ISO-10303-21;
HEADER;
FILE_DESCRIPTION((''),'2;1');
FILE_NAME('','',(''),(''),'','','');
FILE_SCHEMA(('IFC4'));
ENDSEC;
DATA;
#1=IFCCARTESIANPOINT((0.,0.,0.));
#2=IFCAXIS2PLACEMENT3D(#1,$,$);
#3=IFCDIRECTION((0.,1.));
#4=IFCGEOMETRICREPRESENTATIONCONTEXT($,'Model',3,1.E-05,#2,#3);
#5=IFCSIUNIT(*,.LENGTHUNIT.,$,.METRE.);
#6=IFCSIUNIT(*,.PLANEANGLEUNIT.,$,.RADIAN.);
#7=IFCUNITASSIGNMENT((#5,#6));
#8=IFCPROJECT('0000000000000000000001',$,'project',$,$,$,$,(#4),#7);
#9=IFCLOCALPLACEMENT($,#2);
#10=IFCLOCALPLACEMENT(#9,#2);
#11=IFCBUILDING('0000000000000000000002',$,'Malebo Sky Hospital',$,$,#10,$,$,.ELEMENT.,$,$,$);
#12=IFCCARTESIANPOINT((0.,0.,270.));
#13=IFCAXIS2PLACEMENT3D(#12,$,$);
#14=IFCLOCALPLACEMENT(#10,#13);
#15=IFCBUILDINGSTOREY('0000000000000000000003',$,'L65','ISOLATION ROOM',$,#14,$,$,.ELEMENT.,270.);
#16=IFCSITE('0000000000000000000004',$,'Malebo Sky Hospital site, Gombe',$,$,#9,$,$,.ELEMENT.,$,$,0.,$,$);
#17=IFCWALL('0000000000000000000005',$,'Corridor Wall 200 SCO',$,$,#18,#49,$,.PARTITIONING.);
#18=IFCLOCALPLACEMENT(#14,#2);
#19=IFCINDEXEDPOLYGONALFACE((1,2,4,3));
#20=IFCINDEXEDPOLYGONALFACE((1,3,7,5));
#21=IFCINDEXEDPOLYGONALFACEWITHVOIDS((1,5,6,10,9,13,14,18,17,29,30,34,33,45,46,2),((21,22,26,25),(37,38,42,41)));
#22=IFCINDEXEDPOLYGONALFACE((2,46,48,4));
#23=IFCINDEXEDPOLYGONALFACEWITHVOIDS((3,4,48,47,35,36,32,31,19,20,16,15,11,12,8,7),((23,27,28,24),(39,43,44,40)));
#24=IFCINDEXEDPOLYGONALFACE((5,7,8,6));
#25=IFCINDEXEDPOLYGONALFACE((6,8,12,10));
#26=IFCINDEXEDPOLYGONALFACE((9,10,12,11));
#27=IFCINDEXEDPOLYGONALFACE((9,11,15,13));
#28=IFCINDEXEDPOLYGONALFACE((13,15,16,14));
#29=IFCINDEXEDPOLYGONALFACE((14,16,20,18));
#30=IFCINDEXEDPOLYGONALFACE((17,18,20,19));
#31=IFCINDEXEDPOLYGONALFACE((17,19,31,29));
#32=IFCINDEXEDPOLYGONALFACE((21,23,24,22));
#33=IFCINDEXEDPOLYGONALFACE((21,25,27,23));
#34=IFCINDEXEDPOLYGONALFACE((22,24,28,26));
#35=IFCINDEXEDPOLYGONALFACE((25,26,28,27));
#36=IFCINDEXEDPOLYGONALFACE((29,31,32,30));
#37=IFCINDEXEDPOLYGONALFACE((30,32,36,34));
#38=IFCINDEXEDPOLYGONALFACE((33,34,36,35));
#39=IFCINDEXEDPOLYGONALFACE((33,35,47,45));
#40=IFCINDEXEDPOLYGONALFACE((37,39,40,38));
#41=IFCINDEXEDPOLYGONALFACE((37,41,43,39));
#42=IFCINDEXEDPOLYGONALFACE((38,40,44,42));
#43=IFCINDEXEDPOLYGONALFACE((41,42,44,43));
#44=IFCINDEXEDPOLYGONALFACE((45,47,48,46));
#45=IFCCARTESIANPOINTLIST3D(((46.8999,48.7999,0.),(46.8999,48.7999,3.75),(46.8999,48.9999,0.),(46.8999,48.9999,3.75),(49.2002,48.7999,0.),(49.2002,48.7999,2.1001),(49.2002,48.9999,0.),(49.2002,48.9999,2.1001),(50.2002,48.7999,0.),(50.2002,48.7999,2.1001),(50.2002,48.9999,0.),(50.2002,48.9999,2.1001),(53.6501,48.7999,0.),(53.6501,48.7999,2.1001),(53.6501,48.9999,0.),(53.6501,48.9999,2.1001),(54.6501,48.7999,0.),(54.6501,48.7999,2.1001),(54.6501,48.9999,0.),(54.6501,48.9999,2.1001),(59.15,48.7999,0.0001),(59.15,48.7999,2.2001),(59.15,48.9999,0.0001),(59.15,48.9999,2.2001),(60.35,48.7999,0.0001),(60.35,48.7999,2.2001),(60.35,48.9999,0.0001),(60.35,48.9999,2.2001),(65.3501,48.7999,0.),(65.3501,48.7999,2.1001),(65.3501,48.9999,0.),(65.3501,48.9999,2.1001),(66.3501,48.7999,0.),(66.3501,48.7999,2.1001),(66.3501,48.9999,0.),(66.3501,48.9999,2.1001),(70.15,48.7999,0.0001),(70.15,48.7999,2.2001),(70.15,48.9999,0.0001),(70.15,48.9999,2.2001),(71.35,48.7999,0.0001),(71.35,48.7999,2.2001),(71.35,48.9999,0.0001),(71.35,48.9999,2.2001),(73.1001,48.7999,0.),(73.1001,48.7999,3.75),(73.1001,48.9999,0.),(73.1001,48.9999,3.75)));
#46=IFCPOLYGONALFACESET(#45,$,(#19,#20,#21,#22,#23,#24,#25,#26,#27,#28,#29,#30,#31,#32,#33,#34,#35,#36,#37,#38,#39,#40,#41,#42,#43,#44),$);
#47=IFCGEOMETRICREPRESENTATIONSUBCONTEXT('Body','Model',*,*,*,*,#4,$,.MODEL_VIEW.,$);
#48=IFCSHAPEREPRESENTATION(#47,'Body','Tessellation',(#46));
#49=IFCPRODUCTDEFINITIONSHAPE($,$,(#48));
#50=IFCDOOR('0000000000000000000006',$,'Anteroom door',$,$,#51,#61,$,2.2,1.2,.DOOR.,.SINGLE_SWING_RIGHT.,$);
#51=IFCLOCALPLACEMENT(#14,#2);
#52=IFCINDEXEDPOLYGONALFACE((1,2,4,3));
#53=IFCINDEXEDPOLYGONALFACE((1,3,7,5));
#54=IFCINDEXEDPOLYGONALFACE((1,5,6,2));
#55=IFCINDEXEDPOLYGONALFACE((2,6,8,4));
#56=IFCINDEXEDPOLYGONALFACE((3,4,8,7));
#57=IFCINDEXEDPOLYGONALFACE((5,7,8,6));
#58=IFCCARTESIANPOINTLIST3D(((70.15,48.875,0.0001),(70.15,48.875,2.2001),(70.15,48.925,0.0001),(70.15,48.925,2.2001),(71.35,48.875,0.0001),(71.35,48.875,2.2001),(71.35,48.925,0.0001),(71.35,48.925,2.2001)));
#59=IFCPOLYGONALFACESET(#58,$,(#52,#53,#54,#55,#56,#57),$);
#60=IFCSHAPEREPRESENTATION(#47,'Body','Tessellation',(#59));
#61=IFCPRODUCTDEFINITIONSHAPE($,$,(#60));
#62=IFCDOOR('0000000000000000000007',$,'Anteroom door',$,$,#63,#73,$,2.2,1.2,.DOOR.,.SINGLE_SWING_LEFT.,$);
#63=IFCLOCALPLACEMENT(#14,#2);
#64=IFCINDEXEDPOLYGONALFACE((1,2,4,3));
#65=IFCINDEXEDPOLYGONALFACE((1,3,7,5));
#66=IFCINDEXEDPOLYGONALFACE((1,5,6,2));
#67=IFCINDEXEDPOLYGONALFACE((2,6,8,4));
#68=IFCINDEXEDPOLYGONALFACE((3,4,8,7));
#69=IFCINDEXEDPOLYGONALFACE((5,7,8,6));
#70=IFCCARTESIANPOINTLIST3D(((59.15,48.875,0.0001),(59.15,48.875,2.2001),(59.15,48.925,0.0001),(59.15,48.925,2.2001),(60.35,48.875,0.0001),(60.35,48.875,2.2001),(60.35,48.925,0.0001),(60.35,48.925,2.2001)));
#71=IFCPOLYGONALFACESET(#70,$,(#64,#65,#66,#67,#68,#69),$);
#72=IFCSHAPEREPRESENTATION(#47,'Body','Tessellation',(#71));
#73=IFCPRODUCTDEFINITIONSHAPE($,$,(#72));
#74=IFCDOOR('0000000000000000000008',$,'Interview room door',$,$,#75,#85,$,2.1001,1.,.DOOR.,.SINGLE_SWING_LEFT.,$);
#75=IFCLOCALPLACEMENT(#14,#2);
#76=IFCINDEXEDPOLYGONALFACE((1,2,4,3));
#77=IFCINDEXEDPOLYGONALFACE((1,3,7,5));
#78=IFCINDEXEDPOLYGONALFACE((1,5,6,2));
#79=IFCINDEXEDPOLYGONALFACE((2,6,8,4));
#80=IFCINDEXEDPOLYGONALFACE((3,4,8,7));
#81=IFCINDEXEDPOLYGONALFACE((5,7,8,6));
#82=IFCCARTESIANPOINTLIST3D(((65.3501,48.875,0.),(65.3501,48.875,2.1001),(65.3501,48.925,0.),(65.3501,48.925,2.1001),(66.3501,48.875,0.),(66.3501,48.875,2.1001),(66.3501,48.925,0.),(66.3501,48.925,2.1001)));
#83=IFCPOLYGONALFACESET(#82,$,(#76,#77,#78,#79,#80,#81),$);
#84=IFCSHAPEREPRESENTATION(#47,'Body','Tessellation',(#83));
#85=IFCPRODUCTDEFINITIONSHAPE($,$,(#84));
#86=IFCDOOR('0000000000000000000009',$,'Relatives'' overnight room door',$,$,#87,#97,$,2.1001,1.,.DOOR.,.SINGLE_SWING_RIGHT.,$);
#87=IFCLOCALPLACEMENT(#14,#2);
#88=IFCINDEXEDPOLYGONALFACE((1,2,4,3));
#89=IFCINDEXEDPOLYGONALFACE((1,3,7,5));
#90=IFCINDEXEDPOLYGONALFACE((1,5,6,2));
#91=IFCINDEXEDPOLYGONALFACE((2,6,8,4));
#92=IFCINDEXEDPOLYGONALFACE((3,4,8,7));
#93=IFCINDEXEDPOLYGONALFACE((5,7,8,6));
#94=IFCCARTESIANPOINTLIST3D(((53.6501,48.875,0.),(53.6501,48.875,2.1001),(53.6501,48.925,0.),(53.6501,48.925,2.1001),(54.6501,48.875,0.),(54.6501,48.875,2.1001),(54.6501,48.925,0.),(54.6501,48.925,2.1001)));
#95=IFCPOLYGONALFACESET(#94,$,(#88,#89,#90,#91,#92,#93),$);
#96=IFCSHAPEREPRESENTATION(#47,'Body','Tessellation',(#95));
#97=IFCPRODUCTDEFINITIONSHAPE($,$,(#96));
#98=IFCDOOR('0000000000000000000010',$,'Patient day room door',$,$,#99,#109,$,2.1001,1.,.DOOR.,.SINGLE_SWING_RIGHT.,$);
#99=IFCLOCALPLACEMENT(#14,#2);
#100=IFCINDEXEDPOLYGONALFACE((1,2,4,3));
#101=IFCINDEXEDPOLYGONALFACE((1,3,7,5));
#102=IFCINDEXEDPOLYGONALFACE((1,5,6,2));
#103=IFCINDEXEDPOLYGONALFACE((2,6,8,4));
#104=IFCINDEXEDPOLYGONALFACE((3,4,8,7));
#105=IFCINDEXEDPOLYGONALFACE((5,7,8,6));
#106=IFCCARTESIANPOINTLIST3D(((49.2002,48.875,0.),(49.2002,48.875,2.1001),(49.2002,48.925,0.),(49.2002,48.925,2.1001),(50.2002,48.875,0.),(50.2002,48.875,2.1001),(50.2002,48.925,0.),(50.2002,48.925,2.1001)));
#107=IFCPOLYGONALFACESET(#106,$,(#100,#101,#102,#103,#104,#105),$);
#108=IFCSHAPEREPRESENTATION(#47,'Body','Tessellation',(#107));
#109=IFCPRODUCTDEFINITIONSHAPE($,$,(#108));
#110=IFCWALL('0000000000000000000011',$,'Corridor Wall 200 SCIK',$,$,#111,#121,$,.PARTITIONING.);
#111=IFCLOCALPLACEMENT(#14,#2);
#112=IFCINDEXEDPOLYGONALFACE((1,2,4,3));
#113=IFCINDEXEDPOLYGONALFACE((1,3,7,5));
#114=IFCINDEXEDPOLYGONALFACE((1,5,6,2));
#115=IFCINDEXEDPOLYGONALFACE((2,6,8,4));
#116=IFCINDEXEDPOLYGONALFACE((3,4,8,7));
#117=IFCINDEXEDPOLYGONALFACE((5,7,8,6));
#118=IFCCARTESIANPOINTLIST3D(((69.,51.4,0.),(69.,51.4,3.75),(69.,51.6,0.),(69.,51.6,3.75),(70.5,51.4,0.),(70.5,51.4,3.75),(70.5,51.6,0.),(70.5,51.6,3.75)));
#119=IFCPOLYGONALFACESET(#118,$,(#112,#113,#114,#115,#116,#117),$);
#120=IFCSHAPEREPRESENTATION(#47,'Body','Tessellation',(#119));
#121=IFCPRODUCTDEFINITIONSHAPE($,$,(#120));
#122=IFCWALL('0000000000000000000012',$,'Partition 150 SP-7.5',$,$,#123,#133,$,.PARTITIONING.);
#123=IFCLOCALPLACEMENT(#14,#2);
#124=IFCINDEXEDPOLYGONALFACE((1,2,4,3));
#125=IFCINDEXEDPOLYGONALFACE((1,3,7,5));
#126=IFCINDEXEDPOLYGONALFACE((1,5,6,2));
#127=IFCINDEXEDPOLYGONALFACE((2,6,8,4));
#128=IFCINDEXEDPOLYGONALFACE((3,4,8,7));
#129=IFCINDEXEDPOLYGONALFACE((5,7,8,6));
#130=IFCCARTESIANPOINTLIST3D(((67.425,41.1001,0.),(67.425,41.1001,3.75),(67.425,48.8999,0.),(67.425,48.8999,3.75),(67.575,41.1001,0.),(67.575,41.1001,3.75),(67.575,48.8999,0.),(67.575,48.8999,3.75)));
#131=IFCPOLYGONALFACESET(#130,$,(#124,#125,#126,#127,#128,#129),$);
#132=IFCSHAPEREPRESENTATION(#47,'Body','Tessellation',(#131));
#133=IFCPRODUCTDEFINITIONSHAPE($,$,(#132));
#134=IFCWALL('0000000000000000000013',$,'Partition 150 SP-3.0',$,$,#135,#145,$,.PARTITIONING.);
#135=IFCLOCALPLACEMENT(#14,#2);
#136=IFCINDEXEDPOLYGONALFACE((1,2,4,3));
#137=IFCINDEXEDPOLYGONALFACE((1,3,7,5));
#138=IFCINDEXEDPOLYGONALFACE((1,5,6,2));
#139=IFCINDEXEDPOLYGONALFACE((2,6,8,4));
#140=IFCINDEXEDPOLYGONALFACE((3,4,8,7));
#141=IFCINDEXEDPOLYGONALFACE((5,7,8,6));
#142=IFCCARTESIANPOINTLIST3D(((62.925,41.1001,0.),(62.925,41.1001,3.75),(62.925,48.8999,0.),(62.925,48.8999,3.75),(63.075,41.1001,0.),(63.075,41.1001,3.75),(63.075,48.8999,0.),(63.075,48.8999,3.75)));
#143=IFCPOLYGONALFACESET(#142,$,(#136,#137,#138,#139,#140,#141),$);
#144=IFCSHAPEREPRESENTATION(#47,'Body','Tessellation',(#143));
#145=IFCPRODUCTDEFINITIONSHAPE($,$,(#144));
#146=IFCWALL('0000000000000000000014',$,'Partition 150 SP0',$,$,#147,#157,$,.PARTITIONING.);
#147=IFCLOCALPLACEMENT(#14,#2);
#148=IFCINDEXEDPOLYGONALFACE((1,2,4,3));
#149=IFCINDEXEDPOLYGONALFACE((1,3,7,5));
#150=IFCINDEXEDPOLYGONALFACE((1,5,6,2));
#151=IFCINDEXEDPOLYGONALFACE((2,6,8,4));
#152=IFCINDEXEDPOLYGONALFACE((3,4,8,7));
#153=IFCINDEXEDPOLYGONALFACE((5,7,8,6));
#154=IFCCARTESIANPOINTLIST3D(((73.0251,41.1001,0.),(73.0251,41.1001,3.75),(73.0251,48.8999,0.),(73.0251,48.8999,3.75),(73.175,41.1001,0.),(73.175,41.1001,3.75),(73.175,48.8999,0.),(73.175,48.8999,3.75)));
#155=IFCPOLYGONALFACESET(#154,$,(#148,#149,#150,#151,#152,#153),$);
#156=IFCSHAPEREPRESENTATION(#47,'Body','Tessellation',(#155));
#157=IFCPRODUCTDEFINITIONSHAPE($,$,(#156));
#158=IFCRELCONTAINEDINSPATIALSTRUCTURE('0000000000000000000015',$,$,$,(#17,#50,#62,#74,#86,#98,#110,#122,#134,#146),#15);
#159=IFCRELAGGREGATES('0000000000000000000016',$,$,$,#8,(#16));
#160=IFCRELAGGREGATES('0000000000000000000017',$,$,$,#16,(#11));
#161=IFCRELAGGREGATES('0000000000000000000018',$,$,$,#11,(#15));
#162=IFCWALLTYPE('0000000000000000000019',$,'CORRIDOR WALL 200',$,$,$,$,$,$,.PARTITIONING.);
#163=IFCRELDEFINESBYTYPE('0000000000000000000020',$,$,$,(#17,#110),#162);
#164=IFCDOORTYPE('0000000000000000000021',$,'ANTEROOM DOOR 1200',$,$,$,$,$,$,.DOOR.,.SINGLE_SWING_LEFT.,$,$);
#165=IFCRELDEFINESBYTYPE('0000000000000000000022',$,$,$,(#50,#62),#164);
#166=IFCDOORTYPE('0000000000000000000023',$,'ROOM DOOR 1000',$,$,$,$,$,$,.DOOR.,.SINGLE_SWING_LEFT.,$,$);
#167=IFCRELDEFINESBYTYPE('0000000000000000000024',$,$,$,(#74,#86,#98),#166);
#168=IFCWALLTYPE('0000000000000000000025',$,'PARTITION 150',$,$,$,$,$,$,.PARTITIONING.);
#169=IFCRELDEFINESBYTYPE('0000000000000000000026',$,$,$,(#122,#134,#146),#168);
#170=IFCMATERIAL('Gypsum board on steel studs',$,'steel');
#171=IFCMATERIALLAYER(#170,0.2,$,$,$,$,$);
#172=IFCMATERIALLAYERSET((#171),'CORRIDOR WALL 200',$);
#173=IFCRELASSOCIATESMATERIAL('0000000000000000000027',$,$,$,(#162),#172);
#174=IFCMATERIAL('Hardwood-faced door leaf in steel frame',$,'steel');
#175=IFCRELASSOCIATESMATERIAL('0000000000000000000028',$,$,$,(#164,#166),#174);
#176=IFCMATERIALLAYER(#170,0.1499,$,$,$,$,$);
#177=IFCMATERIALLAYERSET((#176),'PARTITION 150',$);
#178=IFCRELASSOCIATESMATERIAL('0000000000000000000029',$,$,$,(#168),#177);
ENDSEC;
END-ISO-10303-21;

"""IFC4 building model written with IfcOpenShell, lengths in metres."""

from ifc_helpers import new_model, si_unit, direction, frame, frame_2d, origin, place, context, subcontext, project, spatial, rectangle, extrude, material, layer, layer_set, type_object, element, fill, save


model = new_model("IFC4")

# Units and contexts
model_context = context("Model", 3, precision=1e-05, world=origin(), true_north=direction((0.0, 1.0)))
body_context = subcontext(model_context, "Body", "Model", "MODEL_VIEW")
ifc_project = project(units=[si_unit("LENGTHUNIT", "METRE"), si_unit("PLANEANGLEUNIT", "RADIAN")], contexts=[model_context])

# Site, building, storey
site_placement = place(None, origin())
site = spatial("IfcSite", under=ifc_project, at=site_placement, Name="Malebo Sky Hospital site, Gombe", CompositionType="ELEMENT", RefElevation=0.0)
building_placement = place(site_placement, origin())
building = spatial("IfcBuilding", under=site, at=building_placement, Name="Malebo Sky Hospital", CompositionType="ELEMENT")
storey_placement = place(building_placement, frame((0.0, 0.0, 270.0)))
storey = spatial("IfcBuildingStorey", under=building, at=storey_placement, Name="L65", Description="ISOLATION ROOM", CompositionType="ELEMENT", Elevation=270.0)

# Wall, openings, doors
ifc_material_1 = material(Name="Gypsum board on steel studs", Category="steel")
ifc_layer_1 = layer(ifc_material_1, 0.2)
ifc_layer_set_1 = layer_set([ifc_layer_1], Name="CORRIDOR WALL 200")
wall_type_1 = type_object("IfcWallType", Name="CORRIDOR WALL 200", PredefinedType="PARTITIONING", material=ifc_layer_set_1)
wall_1_placement = place(storey_placement, frame((73.1001, 48.8999, 0.0), z_axis=(0.0, 0.0, 1.0), x_axis=(-1.0, 0.0, 0.0)))
wall_1 = element("IfcWall", 1, at=wall_1_placement, inside=storey, type_object=wall_type_1, Name="Corridor Wall 200 SCO", PredefinedType="PARTITIONING", context=body_context, shape_type="SweptSolid", body=[
    extrude(rectangle(XDim=26.2002, YDim=0.2, at=frame_2d((13.1001, 0.0))), origin(), (0.0, 0.0, 1.0), 3.75),
])
opening_1_placement = place(wall_1_placement, frame((1.75, 0.0, 0.0)))
opening_1 = element("IfcOpeningElement", 2, at=opening_1_placement, cuts=wall_1, PredefinedType="OPENING", context=body_context, shape_type="SweptSolid", body=[
    extrude(rectangle(XDim=1.2, YDim=2.2, at=frame_2d((0.6001, 1.1001))), frame((0.0, 0.1099, 0.0), z_axis=(0.0, -1.0, 0.0), x_axis=(1.0, 0.0, 0.0)), (0.0, 0.0, 1.0), 0.22),
])
opening_2_placement = place(wall_1_placement, frame((6.75, 0.0, 0.0)))
opening_2 = element("IfcOpeningElement", 3, at=opening_2_placement, cuts=wall_1, PredefinedType="OPENING", context=body_context, shape_type="SweptSolid", body=[
    extrude(rectangle(XDim=1.0, YDim=2.1001, at=frame_2d((0.5, 1.05))), frame((0.0, 0.1099, 0.0), z_axis=(0.0, -1.0, 0.0), x_axis=(1.0, 0.0, 0.0)), (0.0, 0.0, 1.0), 0.22),
])
opening_3_placement = place(wall_1_placement, frame((12.75, 0.0, 0.0)))
opening_3 = element("IfcOpeningElement", 4, at=opening_3_placement, cuts=wall_1, PredefinedType="OPENING", context=body_context, shape_type="SweptSolid", body=[
    extrude(rectangle(XDim=1.2, YDim=2.2, at=frame_2d((0.6001, 1.1001))), frame((0.0, 0.1099, 0.0), z_axis=(0.0, -1.0, 0.0), x_axis=(1.0, 0.0, 0.0)), (0.0, 0.0, 1.0), 0.22),
])
opening_4_placement = place(wall_1_placement, frame((18.45, 0.0, 0.0)))
opening_4 = element("IfcOpeningElement", 5, at=opening_4_placement, cuts=wall_1, PredefinedType="OPENING", context=body_context, shape_type="SweptSolid", body=[
    extrude(rectangle(XDim=1.0, YDim=2.1001, at=frame_2d((0.5, 1.05))), frame((0.0, 0.1099, 0.0), z_axis=(0.0, -1.0, 0.0), x_axis=(1.0, 0.0, 0.0)), (0.0, 0.0, 1.0), 0.22),
])
opening_5_placement = place(wall_1_placement, frame((22.8999, 0.0, 0.0)))
opening_5 = element("IfcOpeningElement", 6, at=opening_5_placement, cuts=wall_1, PredefinedType="OPENING", context=body_context, shape_type="SweptSolid", body=[
    extrude(rectangle(XDim=1.0, YDim=2.1001, at=frame_2d((0.5, 1.05))), frame((0.0, 0.1099, 0.0), z_axis=(0.0, -1.0, 0.0), x_axis=(1.0, 0.0, 0.0)), (0.0, 0.0, 1.0), 0.22),
])
ifc_material_2 = material(Name="Hardwood-faced door leaf in steel frame", Category="steel")
door_type_1 = type_object("IfcDoorType", Name="ANTEROOM DOOR 1200", OperationType="SINGLE_SWING_LEFT", PredefinedType="DOOR", material=ifc_material_2)
door_1_placement = place(opening_1_placement, origin())
door_1 = element("IfcDoor", 7, at=door_1_placement, inside=storey, type_object=door_type_1, Name="Anteroom door", OperationType="SINGLE_SWING_RIGHT", OverallHeight=2.2, OverallWidth=1.2, PredefinedType="DOOR", context=body_context, shape_type="SweptSolid", body=[
    extrude(rectangle(XDim=1.2, YDim=2.2, at=frame_2d((0.6001, 1.1001))), frame((0.0, 0.0249, 0.0), z_axis=(0.0, -1.0, 0.0), x_axis=(1.0, 0.0, 0.0)), (0.0, 0.0, 1.0), 0.05),
])
fill(opening_1, door_1)
door_2_placement = place(opening_3_placement, origin())
door_2 = element("IfcDoor", 8, at=door_2_placement, inside=storey, type_object=door_type_1, Name="Anteroom door", OperationType="SINGLE_SWING_LEFT", OverallHeight=2.2, OverallWidth=1.2, PredefinedType="DOOR", context=body_context, shape_type="SweptSolid", body=[
    extrude(rectangle(XDim=1.2, YDim=2.2, at=frame_2d((0.6001, 1.1001))), frame((0.0, 0.0249, 0.0), z_axis=(0.0, -1.0, 0.0), x_axis=(1.0, 0.0, 0.0)), (0.0, 0.0, 1.0), 0.05),
])
fill(opening_3, door_2)
door_type_2 = type_object("IfcDoorType", Name="ROOM DOOR 1000", OperationType="SINGLE_SWING_LEFT", PredefinedType="DOOR", material=ifc_material_2)
door_3_placement = place(opening_2_placement, origin())
door_3 = element("IfcDoor", 9, at=door_3_placement, inside=storey, type_object=door_type_2, Name="Interview room door", OperationType="SINGLE_SWING_LEFT", OverallHeight=2.1001, OverallWidth=1.0, PredefinedType="DOOR", context=body_context, shape_type="SweptSolid", body=[
    extrude(rectangle(XDim=1.0, YDim=2.1001, at=frame_2d((0.5, 1.05))), frame((0.0, 0.0249, 0.0), z_axis=(0.0, -1.0, 0.0), x_axis=(1.0, 0.0, 0.0)), (0.0, 0.0, 1.0), 0.05),
])
fill(opening_2, door_3)
door_4_placement = place(opening_4_placement, origin())
door_4 = element("IfcDoor", 10, at=door_4_placement, inside=storey, type_object=door_type_2, Name="Relatives' overnight room door", OperationType="SINGLE_SWING_RIGHT", OverallHeight=2.1001, OverallWidth=1.0, PredefinedType="DOOR", context=body_context, shape_type="SweptSolid", body=[
    extrude(rectangle(XDim=1.0, YDim=2.1001, at=frame_2d((0.5, 1.05))), frame((0.0, 0.0249, 0.0), z_axis=(0.0, -1.0, 0.0), x_axis=(1.0, 0.0, 0.0)), (0.0, 0.0, 1.0), 0.05),
])
fill(opening_4, door_4)
door_5_placement = place(opening_5_placement, origin())
door_5 = element("IfcDoor", 11, at=door_5_placement, inside=storey, type_object=door_type_2, Name="Patient day room door", OperationType="SINGLE_SWING_RIGHT", OverallHeight=2.1001, OverallWidth=1.0, PredefinedType="DOOR", context=body_context, shape_type="SweptSolid", body=[
    extrude(rectangle(XDim=1.0, YDim=2.1001, at=frame_2d((0.5, 1.05))), frame((0.0, 0.0249, 0.0), z_axis=(0.0, -1.0, 0.0), x_axis=(1.0, 0.0, 0.0)), (0.0, 0.0, 1.0), 0.05),
])
fill(opening_5, door_5)

# Walls
wall_2_placement = place(storey_placement, frame((70.5, 51.5, 0.0), z_axis=(0.0, 0.0, 1.0), x_axis=(-1.0, 0.0, 0.0)))
element("IfcWall", 12, at=wall_2_placement, inside=storey, type_object=wall_type_1, Name="Corridor Wall 200 SCIK", PredefinedType="PARTITIONING", context=body_context, shape_type="SweptSolid", body=[
    extrude(rectangle(XDim=1.5, YDim=0.2, at=frame_2d((0.75, 0.0))), origin(), (0.0, 0.0, 1.0), 3.75),
])
ifc_layer_2 = layer(ifc_material_1, 0.1499)
ifc_layer_set_2 = layer_set([ifc_layer_2], Name="PARTITION 150")
wall_type_2 = type_object("IfcWallType", Name="PARTITION 150", PredefinedType="PARTITIONING", material=ifc_layer_set_2)
for number, where, z_axis, x_axis, name in (
    (13, (67.5, 48.8999, 0.0), (0.0, 0.0, 1.0), (0.0, -1.0, 0.0), "Partition 150 SP-7.5"),
    (14, (63.0, 48.8999, 0.0), (0.0, 0.0, 1.0), (0.0, -1.0, 0.0), "Partition 150 SP-3.0"),
    (15, (73.1001, 48.8999, 0.0), (0.0, 0.0, 1.0), (0.0, -1.0, 0.0), "Partition 150 SP0"),
):
    element("IfcWall", number, at=place(storey_placement, frame(where, z_axis=z_axis, x_axis=x_axis)), inside=storey, type_object=wall_type_2, Name=name, PredefinedType="PARTITIONING", context=body_context, shape_type="SweptSolid", body=[
        extrude(rectangle(XDim=7.7998, YDim=0.1499, at=frame_2d((3.8999, 0.0))), origin(), (0.0, 0.0, 1.0), 3.75),
    ])

save(model, "model.ifc")
